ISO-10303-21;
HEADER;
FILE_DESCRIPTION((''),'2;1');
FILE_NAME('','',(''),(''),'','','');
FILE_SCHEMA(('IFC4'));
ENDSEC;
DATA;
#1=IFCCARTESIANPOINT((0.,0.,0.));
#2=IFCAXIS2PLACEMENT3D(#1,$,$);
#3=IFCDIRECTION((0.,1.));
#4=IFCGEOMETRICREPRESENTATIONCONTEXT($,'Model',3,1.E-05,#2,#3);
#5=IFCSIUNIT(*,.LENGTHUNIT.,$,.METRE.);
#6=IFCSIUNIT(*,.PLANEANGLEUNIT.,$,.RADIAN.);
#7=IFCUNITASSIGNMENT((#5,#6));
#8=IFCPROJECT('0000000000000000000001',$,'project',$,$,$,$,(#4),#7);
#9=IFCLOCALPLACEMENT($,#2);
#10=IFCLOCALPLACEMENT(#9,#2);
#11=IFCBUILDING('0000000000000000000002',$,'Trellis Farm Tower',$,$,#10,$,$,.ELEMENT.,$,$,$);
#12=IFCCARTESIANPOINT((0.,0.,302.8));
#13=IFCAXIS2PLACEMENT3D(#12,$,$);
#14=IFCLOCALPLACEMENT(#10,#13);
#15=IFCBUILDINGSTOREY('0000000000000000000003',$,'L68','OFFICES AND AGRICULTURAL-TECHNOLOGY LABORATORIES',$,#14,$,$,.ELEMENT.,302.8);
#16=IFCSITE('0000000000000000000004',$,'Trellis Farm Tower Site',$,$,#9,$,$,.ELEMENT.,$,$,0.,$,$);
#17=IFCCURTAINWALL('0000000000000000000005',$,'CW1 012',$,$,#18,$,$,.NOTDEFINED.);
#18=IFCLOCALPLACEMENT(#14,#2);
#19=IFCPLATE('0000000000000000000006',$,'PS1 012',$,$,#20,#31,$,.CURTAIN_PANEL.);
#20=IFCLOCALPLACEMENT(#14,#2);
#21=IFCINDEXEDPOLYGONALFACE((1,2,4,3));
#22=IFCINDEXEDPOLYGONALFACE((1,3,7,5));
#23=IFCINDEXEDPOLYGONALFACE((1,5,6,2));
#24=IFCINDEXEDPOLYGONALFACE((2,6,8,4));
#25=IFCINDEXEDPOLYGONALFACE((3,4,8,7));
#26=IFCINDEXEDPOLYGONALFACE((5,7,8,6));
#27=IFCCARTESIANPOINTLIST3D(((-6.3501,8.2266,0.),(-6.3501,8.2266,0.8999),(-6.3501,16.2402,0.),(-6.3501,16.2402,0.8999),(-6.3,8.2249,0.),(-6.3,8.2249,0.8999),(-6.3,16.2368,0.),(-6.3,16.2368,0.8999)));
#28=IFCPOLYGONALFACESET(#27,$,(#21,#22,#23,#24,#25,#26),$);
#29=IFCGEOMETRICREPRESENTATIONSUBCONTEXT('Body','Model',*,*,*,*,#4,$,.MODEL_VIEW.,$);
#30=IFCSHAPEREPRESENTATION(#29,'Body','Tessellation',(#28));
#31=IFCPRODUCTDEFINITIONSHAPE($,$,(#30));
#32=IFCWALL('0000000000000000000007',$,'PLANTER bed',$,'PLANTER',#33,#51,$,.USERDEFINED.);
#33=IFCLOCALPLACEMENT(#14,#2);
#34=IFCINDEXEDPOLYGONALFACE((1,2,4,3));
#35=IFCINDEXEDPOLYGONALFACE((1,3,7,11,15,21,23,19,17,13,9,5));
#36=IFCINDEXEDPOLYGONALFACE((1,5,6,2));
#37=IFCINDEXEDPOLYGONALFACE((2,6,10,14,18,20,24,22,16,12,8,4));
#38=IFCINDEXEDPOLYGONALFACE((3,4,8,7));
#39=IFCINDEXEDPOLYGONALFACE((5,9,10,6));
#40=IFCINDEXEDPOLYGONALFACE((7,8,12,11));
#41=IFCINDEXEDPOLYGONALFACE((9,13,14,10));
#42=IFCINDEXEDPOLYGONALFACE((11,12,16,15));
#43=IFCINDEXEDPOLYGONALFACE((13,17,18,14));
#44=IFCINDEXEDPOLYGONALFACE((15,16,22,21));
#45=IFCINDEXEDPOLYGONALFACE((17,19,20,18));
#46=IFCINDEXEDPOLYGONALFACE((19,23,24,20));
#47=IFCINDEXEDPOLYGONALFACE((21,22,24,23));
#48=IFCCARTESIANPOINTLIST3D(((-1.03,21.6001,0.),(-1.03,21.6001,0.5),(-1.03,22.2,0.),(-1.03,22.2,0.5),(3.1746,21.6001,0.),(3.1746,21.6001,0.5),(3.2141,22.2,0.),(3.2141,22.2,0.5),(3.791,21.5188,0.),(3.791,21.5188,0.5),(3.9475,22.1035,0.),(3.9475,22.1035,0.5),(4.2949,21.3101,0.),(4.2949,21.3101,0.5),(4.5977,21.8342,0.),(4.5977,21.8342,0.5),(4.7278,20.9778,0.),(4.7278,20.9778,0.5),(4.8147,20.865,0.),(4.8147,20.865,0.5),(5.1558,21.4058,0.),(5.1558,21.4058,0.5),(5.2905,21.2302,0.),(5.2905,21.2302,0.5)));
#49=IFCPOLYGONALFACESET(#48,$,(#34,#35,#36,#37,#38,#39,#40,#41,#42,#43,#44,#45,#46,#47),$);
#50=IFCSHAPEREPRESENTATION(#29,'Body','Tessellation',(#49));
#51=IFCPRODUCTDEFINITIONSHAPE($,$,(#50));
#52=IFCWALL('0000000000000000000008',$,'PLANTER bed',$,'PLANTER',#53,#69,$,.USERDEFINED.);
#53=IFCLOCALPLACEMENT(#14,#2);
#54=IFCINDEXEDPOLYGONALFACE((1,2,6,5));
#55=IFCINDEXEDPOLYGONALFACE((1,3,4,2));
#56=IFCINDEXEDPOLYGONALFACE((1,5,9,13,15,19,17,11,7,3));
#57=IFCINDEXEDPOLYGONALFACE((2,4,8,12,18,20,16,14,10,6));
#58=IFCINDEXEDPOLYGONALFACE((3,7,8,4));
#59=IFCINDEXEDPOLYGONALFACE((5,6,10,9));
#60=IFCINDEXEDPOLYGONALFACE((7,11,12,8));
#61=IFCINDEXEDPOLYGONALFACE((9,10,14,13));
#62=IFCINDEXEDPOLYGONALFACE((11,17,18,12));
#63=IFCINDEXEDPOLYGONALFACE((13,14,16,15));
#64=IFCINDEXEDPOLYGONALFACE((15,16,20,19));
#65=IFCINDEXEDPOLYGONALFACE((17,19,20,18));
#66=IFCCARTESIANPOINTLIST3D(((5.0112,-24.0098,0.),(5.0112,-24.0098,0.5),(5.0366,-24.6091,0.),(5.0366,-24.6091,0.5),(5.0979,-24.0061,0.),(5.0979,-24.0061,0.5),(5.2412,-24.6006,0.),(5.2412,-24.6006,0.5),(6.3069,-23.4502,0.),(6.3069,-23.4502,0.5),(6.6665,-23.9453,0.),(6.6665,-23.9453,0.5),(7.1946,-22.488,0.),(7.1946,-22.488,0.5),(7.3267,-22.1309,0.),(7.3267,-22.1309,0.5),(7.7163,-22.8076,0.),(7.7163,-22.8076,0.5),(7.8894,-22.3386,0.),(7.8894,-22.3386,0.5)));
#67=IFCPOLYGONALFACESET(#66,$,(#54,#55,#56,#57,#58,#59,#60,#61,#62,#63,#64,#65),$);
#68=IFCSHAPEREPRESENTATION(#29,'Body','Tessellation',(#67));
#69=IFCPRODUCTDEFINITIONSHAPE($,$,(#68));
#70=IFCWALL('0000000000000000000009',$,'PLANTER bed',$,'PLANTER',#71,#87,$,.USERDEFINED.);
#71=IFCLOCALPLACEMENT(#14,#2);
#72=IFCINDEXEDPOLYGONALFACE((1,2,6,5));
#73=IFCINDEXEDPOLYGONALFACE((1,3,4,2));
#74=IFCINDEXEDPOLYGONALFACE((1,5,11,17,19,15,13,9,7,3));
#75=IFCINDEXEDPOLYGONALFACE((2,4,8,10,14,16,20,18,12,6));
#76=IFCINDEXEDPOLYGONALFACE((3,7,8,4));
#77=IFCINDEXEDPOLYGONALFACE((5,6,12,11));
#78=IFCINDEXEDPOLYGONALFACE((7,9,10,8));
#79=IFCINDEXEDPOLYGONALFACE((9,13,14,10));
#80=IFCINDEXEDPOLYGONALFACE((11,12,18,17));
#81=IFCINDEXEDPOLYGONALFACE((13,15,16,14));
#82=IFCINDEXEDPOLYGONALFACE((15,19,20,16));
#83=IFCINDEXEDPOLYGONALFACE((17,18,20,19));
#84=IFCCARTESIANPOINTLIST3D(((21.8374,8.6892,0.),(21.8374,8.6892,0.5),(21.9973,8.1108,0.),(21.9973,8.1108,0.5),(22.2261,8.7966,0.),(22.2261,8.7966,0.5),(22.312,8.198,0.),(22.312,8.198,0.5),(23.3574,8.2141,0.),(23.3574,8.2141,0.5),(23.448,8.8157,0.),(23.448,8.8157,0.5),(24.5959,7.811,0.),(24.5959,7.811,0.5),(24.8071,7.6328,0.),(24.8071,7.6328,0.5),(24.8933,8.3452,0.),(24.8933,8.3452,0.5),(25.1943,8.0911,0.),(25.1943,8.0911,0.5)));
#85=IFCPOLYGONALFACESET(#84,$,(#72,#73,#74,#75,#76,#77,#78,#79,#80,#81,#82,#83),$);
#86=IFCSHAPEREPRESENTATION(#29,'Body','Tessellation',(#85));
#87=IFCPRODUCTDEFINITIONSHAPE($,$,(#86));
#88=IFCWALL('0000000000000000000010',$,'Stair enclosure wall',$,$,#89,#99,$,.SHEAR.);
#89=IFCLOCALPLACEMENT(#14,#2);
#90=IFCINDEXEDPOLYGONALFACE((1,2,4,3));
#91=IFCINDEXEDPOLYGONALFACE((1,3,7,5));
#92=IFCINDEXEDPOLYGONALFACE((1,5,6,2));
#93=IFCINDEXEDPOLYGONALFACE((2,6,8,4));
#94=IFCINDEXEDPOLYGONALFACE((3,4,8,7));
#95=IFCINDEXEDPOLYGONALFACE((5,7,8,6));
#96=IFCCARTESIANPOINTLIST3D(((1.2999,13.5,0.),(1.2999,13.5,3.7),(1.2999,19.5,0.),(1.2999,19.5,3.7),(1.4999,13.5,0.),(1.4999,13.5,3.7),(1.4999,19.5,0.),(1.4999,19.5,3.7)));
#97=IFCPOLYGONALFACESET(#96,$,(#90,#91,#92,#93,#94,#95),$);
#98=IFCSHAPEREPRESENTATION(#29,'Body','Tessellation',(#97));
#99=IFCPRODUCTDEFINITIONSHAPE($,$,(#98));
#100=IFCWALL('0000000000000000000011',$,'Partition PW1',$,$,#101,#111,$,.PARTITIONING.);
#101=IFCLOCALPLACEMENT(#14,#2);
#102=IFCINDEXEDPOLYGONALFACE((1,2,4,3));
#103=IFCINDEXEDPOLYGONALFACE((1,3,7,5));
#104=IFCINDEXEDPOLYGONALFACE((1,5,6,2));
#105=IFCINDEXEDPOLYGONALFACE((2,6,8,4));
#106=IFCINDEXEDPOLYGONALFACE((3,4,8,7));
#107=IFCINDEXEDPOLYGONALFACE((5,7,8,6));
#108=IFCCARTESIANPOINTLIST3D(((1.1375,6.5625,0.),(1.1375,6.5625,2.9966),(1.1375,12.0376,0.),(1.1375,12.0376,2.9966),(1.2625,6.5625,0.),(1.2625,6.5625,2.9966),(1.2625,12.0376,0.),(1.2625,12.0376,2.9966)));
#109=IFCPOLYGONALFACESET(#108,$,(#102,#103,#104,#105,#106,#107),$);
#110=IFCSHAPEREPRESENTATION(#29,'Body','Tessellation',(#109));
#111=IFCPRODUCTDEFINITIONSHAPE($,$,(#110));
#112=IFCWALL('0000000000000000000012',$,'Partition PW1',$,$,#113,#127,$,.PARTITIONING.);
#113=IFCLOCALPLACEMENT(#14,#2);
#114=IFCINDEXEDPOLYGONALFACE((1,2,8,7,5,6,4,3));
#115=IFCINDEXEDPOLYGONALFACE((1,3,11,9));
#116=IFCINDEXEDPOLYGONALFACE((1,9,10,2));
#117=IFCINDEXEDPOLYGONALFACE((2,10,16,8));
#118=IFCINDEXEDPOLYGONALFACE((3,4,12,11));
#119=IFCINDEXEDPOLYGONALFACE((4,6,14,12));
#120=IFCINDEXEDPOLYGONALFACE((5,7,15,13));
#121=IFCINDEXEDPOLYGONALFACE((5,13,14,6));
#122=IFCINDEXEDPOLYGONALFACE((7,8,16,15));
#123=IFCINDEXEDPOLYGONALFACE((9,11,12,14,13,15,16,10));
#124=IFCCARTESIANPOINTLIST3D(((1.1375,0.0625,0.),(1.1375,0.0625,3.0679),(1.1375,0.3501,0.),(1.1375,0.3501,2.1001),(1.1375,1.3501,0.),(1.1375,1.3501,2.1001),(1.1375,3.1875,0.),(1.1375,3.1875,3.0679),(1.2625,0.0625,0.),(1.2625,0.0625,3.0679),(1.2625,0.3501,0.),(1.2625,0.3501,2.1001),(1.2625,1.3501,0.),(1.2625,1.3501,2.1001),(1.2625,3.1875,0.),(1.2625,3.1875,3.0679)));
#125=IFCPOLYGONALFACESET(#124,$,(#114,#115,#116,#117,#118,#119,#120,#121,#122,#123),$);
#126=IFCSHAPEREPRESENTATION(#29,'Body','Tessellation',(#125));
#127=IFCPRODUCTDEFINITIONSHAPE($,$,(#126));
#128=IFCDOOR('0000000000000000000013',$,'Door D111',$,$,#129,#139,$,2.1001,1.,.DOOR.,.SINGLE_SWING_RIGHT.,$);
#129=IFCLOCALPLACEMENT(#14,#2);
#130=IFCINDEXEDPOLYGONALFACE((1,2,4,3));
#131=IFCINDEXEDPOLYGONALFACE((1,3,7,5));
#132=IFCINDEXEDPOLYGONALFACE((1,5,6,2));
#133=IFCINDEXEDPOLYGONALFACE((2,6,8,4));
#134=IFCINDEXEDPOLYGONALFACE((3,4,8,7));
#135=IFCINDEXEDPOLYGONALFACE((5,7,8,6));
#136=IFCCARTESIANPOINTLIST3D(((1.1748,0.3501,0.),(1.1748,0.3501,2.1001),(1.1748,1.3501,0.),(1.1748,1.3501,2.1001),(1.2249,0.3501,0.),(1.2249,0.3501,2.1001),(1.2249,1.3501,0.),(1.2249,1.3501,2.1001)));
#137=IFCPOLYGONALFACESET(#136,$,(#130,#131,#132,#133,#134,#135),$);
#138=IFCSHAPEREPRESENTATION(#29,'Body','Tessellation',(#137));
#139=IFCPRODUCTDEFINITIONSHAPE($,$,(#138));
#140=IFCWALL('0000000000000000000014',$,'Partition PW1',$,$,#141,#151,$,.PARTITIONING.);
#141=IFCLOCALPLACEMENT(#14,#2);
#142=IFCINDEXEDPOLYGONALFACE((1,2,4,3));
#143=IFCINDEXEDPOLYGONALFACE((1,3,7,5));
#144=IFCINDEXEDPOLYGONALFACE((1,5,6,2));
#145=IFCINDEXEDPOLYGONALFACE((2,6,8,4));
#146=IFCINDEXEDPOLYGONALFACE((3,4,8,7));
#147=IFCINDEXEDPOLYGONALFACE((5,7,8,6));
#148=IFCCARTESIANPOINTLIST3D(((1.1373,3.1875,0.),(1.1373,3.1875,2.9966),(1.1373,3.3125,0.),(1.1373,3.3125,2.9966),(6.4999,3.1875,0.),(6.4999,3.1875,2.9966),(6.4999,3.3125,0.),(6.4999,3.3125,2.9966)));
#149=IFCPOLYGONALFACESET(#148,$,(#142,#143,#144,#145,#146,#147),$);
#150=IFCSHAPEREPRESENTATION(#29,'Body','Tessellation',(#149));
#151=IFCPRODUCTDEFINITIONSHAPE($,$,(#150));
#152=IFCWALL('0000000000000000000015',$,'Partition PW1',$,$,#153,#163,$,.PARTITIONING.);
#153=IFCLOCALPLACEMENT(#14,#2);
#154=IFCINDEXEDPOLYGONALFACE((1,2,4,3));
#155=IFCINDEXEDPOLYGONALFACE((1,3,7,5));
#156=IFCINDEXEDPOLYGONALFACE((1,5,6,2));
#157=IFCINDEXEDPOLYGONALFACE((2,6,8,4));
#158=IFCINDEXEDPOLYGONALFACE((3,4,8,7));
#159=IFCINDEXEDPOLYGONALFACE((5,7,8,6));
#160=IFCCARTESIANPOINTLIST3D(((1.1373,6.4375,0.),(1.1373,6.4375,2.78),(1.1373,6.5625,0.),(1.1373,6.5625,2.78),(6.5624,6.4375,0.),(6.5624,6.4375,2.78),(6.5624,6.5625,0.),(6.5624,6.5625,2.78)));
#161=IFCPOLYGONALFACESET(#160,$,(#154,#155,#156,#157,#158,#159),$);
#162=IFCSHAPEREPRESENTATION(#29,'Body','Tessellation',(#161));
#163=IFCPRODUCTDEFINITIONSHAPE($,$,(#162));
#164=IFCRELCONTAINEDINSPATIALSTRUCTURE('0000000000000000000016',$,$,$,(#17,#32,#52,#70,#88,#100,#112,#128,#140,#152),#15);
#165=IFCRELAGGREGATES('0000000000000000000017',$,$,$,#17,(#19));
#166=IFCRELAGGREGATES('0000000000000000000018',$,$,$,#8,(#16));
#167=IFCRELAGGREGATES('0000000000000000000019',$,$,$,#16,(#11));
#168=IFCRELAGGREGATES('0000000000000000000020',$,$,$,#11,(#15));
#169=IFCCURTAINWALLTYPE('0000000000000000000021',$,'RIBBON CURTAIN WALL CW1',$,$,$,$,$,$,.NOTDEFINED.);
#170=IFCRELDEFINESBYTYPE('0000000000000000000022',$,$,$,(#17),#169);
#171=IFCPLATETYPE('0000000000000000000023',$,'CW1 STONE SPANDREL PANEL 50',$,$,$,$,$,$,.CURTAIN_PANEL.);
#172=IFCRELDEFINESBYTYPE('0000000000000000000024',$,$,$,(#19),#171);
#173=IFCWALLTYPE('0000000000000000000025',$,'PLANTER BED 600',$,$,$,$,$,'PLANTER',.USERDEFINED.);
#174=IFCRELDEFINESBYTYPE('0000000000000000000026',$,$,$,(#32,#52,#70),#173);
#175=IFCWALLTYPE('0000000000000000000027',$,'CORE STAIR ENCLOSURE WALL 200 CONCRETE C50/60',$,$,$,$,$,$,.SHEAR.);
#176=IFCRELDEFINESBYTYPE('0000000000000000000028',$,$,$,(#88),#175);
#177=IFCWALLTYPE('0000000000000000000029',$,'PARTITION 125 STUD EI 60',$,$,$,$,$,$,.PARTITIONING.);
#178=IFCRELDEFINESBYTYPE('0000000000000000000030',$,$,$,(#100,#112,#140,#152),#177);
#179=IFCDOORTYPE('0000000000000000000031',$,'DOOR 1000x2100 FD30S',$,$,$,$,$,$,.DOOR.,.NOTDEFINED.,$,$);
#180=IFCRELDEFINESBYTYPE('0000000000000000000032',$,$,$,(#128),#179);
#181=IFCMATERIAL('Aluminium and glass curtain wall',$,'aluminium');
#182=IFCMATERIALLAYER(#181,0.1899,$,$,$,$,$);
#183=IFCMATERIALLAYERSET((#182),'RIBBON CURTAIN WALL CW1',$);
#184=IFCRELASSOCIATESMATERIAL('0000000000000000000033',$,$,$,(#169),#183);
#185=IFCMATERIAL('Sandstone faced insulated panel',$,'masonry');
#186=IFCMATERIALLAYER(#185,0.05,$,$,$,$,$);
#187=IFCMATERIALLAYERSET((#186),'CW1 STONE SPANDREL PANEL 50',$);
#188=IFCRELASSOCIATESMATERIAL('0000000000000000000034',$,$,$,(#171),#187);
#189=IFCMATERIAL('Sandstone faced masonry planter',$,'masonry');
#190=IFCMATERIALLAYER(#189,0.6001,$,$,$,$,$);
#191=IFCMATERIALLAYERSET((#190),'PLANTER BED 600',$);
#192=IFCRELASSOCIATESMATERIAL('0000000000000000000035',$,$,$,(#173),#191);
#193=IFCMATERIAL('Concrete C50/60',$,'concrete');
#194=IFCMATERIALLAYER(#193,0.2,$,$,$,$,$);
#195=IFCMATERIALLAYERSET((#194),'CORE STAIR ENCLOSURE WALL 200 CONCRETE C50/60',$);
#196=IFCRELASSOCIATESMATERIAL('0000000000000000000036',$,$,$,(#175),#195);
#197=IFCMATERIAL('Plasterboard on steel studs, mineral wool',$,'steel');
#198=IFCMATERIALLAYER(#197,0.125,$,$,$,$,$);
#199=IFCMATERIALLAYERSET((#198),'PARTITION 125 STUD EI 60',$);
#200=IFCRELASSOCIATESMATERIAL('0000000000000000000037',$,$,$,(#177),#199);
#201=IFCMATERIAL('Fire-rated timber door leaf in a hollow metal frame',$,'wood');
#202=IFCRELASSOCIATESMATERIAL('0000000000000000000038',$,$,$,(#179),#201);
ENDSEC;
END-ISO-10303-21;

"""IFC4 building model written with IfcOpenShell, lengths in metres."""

from ifc_helpers import new_model, si_unit, direction, frame, frame_2d, origin, place, context, subcontext, project, spatial, polyline, rectangle, outline, extrude, source, transform, mapped, material, layer, layer_set, type_object, element, fill, aggregate, save


model = new_model("IFC4")

# Units and contexts
model_context = context("Model", 3, precision=1e-05, world=origin(), true_north=direction((0.0, 1.0)))
body_context = subcontext(model_context, "Body", "Model", "MODEL_VIEW")
ifc_project = project(units=[si_unit("LENGTHUNIT", "METRE"), si_unit("PLANEANGLEUNIT", "RADIAN")], contexts=[model_context])

# Site, building, storey
site_placement = place(None, origin())
site = spatial("IfcSite", under=ifc_project, at=site_placement, Name="Trellis Farm Tower Site", CompositionType="ELEMENT", RefElevation=0.0)
building_placement = place(site_placement, origin())
building = spatial("IfcBuilding", under=site, at=building_placement, Name="Trellis Farm Tower", CompositionType="ELEMENT")
storey_placement = place(building_placement, frame((0.0, 0.0, 302.8)))
storey = spatial("IfcBuildingStorey", under=building, at=storey_placement, Name="L68", Description="OFFICES AND AGRICULTURAL-TECHNOLOGY LABORATORIES", CompositionType="ELEMENT", Elevation=302.8)

# Curtain wall
ifc_material_1 = material(Name="Aluminium and glass curtain wall", Category="aluminium")
ifc_layer_1 = layer(ifc_material_1, 0.1899)
ifc_layer_set_1 = layer_set([ifc_layer_1], Name="RIBBON CURTAIN WALL CW1")
curtain_wall_type_1 = type_object("IfcCurtainWallType", Name="RIBBON CURTAIN WALL CW1", PredefinedType="NOTDEFINED", material=ifc_layer_set_1)
placement_1 = place(storey_placement, origin())
curtain_wall_1 = element("IfcCurtainWall", 1, at=placement_1, inside=storey, type_object=curtain_wall_type_1, Name="CW1 012", PredefinedType="NOTDEFINED")

# Plate
ifc_material_2 = material(Name="Sandstone faced insulated panel", Category="masonry")
ifc_layer_2 = layer(ifc_material_2, 0.05)
ifc_layer_set_2 = layer_set([ifc_layer_2], Name="CW1 STONE SPANDREL PANEL 50")
plate_type_1 = type_object("IfcPlateType", Name="CW1 STONE SPANDREL PANEL 50", PredefinedType="CURTAIN_PANEL", material=ifc_layer_set_2)
shared_shape_1 = source(origin(), body_context, "Body", "SweptSolid", [
    extrude(outline(polyline([(-6.3501, 16.2402), (-6.3501, 8.2266), (-6.3, 8.2249), (-6.3, 16.2368), (-6.3501, 16.2402)])), origin(), (0.0, 0.0, 1.0), 0.8999),
])
plate_1 = element("IfcPlate", 2, at=placement_1, type_object=plate_type_1, Name="PS1 012", PredefinedType="CURTAIN_PANEL", context=body_context, shape_type="MappedRepresentation", body=[
    mapped(shared_shape_1, transform((0.0, 0.0, 0.0))),
])
aggregate(curtain_wall_1, [plate_1])

# Walls
ifc_material_3 = material(Name="Sandstone faced masonry planter", Category="masonry")
ifc_layer_3 = layer(ifc_material_3, 0.6001)
ifc_layer_set_3 = layer_set([ifc_layer_3], Name="PLANTER BED 600")
wall_type_1 = type_object("IfcWallType", Name="PLANTER BED 600", ElementType="PLANTER", PredefinedType="USERDEFINED", material=ifc_layer_set_3)
element("IfcWall", 3, at=placement_1, inside=storey, type_object=wall_type_1, Name="PLANTER bed", ObjectType="PLANTER", PredefinedType="USERDEFINED", context=body_context, shape_type="SweptSolid", body=[
    extrude(outline(polyline([(3.2141, 22.2), (3.9475, 22.1035), (4.5977, 21.8342), (5.1558, 21.4058), (5.2905, 21.2302), (4.8147, 20.865), (4.7278, 20.9778), (4.2949, 21.3101), (3.791, 21.5188), (3.1746, 21.6001), (-1.03, 21.6001), (-1.03, 22.2), (3.2141, 22.2)])), origin(), (0.0, 0.0, 1.0), 0.5),
])
element("IfcWall", 4, at=placement_1, inside=storey, type_object=wall_type_1, Name="PLANTER bed", ObjectType="PLANTER", PredefinedType="USERDEFINED", context=body_context, shape_type="SweptSolid", body=[
    extrude(outline(polyline([(6.6665, -23.9453), (5.2412, -24.6006), (5.0366, -24.6091), (5.0112, -24.0098), (5.0979, -24.0061), (6.3069, -23.4502), (7.1946, -22.488), (7.3267, -22.1309), (7.8894, -22.3386), (7.7163, -22.8076), (6.6665, -23.9453)])), origin(), (0.0, 0.0, 1.0), 0.5),
])
element("IfcWall", 5, at=placement_1, inside=storey, type_object=wall_type_1, Name="PLANTER bed", ObjectType="PLANTER", PredefinedType="USERDEFINED", context=body_context, shape_type="SweptSolid", body=[
    extrude(outline(polyline([(23.448, 8.8157), (24.8933, 8.3452), (25.1943, 8.0911), (24.8071, 7.6328), (24.5959, 7.811), (23.3574, 8.2141), (22.312, 8.198), (21.9973, 8.1108), (21.8374, 8.6892), (22.2261, 8.7966), (23.448, 8.8157)])), origin(), (0.0, 0.0, 1.0), 0.5),
])
ifc_material_4 = material(Name="Concrete C50/60", Category="concrete")
ifc_layer_4 = layer(ifc_material_4, 0.2)
ifc_layer_set_4 = layer_set([ifc_layer_4], Name="CORE STAIR ENCLOSURE WALL 200 CONCRETE C50/60")
wall_type_2 = type_object("IfcWallType", Name="CORE STAIR ENCLOSURE WALL 200 CONCRETE C50/60", PredefinedType="SHEAR", material=ifc_layer_set_4)
shared_shape_2 = source(origin(), body_context, "Body", "SweptSolid", [
    extrude(rectangle(XDim=6.0, YDim=0.2, at=frame_2d((3.0, 0.0))), origin(), (0.0, 0.0, 1.0), 3.7),
])
wall_1_placement = place(storey_placement, frame((1.3999, 13.5, 0.0), z_axis=(0.0, 0.0, 1.0), x_axis=(0.0, 1.0, 0.0)))
element("IfcWall", 6, at=wall_1_placement, inside=storey, type_object=wall_type_2, Name="Stair enclosure wall", PredefinedType="SHEAR", context=body_context, shape_type="MappedRepresentation", body=[
    mapped(shared_shape_2, transform((0.0, 0.0, 0.0))),
])
ifc_material_5 = material(Name="Plasterboard on steel studs, mineral wool", Category="steel")
ifc_layer_5 = layer(ifc_material_5, 0.125)
ifc_layer_set_5 = layer_set([ifc_layer_5], Name="PARTITION 125 STUD EI 60")
wall_type_3 = type_object("IfcWallType", Name="PARTITION 125 STUD EI 60", PredefinedType="PARTITIONING", material=ifc_layer_set_5)
shared_shape_3 = source(origin(), body_context, "Body", "SweptSolid", [
    extrude(rectangle(XDim=5.4751, YDim=0.125, at=frame_2d((2.7375, 0.0))), origin(), (0.0, 0.0, 1.0), 2.9966),
])
wall_2_placement = place(storey_placement, frame((1.2, 12.0376, 0.0), z_axis=(0.0, 0.0, 1.0), x_axis=(0.0, -1.0, 0.0)))
element("IfcWall", 7, at=wall_2_placement, inside=storey, type_object=wall_type_3, Name="Partition PW1", PredefinedType="PARTITIONING", context=body_context, shape_type="MappedRepresentation", body=[
    mapped(shared_shape_3, transform((0.0, 0.0, 0.0))),
])

# Wall, opening, door
shared_shape_4 = source(origin(), body_context, "Body", "SweptSolid", [
    extrude(rectangle(XDim=3.125, YDim=0.125, at=frame_2d((1.5625, 0.0))), origin(), (0.0, 0.0, 1.0), 3.0679),
])
wall_3_placement = place(storey_placement, frame((1.2, 3.1875, 0.0), z_axis=(0.0, 0.0, 1.0), x_axis=(0.0, -1.0, 0.0)))
wall_3 = element("IfcWall", 8, at=wall_3_placement, inside=storey, type_object=wall_type_3, Name="Partition PW1", PredefinedType="PARTITIONING", context=body_context, shape_type="MappedRepresentation", body=[
    mapped(shared_shape_4, transform((0.0, 0.0, 0.0))),
])
shared_shape_5 = source(origin(), body_context, "Body", "SweptSolid", [
    extrude(rectangle(XDim=1.0, YDim=2.1001, at=frame_2d((0.5, 1.05))), frame((0.0, 0.0725, 0.0), z_axis=(0.0, -1.0, 0.0), x_axis=(1.0, 0.0, 0.0)), (0.0, 0.0, 1.0), 0.145),
])
opening_1_placement = place(wall_3_placement, frame((1.8374, 0.0, 0.0)))
opening_1 = element("IfcOpeningElement", 9, at=opening_1_placement, cuts=wall_3, PredefinedType="OPENING", context=body_context, shape_type="MappedRepresentation", body=[
    mapped(shared_shape_5, transform((0.0, 0.0, 0.0))),
])
ifc_material_6 = material(Name="Fire-rated timber door leaf in a hollow metal frame", Category="wood")
door_type_1 = type_object("IfcDoorType", Name="DOOR 1000x2100 FD30S", OperationType="NOTDEFINED", PredefinedType="DOOR", material=ifc_material_6)
shared_shape_6 = source(origin(), body_context, "Body", "SweptSolid", [
    extrude(rectangle(XDim=1.0, YDim=2.1001, at=frame_2d((0.5, 1.05))), frame((0.0, 0.0249, 0.0), z_axis=(0.0, -1.0, 0.0), x_axis=(1.0, 0.0, 0.0)), (0.0, 0.0, 1.0), 0.05),
])
door_1_placement = place(opening_1_placement, origin())
door_1 = element("IfcDoor", 10, at=door_1_placement, inside=storey, type_object=door_type_1, Name="Door D111", OperationType="SINGLE_SWING_RIGHT", OverallHeight=2.1001, OverallWidth=1.0, PredefinedType="DOOR", context=body_context, shape_type="MappedRepresentation", body=[
    mapped(shared_shape_6, transform((0.0, 0.0, 0.0))),
])
fill(opening_1, door_1)

# Walls
shared_shape_7 = source(origin(), body_context, "Body", "SweptSolid", [
    extrude(rectangle(XDim=5.3625, YDim=0.125, at=frame_2d((2.6812, 0.0))), origin(), (0.0, 0.0, 1.0), 2.9966),
])
wall_4_placement = place(storey_placement, frame((1.1375, 3.25, 0.0), z_axis=(0.0, 0.0, 1.0), x_axis=(1.0, 0.0, 0.0)))
element("IfcWall", 11, at=wall_4_placement, inside=storey, type_object=wall_type_3, Name="Partition PW1", PredefinedType="PARTITIONING", context=body_context, shape_type="MappedRepresentation", body=[
    mapped(shared_shape_7, transform((0.0, 0.0, 0.0))),
])
shared_shape_8 = source(origin(), body_context, "Body", "SweptSolid", [
    extrude(rectangle(XDim=5.425, YDim=0.125, at=frame_2d((2.7124, 0.0))), origin(), (0.0, 0.0, 1.0), 2.78),
])
wall_5_placement = place(storey_placement, frame((1.1375, 6.5, 0.0), z_axis=(0.0, 0.0, 1.0), x_axis=(1.0, 0.0, 0.0)))
element("IfcWall", 12, at=wall_5_placement, inside=storey, type_object=wall_type_3, Name="Partition PW1", PredefinedType="PARTITIONING", context=body_context, shape_type="MappedRepresentation", body=[
    mapped(shared_shape_8, transform((0.0, 0.0, 0.0))),
])

save(model, "model.ifc")
